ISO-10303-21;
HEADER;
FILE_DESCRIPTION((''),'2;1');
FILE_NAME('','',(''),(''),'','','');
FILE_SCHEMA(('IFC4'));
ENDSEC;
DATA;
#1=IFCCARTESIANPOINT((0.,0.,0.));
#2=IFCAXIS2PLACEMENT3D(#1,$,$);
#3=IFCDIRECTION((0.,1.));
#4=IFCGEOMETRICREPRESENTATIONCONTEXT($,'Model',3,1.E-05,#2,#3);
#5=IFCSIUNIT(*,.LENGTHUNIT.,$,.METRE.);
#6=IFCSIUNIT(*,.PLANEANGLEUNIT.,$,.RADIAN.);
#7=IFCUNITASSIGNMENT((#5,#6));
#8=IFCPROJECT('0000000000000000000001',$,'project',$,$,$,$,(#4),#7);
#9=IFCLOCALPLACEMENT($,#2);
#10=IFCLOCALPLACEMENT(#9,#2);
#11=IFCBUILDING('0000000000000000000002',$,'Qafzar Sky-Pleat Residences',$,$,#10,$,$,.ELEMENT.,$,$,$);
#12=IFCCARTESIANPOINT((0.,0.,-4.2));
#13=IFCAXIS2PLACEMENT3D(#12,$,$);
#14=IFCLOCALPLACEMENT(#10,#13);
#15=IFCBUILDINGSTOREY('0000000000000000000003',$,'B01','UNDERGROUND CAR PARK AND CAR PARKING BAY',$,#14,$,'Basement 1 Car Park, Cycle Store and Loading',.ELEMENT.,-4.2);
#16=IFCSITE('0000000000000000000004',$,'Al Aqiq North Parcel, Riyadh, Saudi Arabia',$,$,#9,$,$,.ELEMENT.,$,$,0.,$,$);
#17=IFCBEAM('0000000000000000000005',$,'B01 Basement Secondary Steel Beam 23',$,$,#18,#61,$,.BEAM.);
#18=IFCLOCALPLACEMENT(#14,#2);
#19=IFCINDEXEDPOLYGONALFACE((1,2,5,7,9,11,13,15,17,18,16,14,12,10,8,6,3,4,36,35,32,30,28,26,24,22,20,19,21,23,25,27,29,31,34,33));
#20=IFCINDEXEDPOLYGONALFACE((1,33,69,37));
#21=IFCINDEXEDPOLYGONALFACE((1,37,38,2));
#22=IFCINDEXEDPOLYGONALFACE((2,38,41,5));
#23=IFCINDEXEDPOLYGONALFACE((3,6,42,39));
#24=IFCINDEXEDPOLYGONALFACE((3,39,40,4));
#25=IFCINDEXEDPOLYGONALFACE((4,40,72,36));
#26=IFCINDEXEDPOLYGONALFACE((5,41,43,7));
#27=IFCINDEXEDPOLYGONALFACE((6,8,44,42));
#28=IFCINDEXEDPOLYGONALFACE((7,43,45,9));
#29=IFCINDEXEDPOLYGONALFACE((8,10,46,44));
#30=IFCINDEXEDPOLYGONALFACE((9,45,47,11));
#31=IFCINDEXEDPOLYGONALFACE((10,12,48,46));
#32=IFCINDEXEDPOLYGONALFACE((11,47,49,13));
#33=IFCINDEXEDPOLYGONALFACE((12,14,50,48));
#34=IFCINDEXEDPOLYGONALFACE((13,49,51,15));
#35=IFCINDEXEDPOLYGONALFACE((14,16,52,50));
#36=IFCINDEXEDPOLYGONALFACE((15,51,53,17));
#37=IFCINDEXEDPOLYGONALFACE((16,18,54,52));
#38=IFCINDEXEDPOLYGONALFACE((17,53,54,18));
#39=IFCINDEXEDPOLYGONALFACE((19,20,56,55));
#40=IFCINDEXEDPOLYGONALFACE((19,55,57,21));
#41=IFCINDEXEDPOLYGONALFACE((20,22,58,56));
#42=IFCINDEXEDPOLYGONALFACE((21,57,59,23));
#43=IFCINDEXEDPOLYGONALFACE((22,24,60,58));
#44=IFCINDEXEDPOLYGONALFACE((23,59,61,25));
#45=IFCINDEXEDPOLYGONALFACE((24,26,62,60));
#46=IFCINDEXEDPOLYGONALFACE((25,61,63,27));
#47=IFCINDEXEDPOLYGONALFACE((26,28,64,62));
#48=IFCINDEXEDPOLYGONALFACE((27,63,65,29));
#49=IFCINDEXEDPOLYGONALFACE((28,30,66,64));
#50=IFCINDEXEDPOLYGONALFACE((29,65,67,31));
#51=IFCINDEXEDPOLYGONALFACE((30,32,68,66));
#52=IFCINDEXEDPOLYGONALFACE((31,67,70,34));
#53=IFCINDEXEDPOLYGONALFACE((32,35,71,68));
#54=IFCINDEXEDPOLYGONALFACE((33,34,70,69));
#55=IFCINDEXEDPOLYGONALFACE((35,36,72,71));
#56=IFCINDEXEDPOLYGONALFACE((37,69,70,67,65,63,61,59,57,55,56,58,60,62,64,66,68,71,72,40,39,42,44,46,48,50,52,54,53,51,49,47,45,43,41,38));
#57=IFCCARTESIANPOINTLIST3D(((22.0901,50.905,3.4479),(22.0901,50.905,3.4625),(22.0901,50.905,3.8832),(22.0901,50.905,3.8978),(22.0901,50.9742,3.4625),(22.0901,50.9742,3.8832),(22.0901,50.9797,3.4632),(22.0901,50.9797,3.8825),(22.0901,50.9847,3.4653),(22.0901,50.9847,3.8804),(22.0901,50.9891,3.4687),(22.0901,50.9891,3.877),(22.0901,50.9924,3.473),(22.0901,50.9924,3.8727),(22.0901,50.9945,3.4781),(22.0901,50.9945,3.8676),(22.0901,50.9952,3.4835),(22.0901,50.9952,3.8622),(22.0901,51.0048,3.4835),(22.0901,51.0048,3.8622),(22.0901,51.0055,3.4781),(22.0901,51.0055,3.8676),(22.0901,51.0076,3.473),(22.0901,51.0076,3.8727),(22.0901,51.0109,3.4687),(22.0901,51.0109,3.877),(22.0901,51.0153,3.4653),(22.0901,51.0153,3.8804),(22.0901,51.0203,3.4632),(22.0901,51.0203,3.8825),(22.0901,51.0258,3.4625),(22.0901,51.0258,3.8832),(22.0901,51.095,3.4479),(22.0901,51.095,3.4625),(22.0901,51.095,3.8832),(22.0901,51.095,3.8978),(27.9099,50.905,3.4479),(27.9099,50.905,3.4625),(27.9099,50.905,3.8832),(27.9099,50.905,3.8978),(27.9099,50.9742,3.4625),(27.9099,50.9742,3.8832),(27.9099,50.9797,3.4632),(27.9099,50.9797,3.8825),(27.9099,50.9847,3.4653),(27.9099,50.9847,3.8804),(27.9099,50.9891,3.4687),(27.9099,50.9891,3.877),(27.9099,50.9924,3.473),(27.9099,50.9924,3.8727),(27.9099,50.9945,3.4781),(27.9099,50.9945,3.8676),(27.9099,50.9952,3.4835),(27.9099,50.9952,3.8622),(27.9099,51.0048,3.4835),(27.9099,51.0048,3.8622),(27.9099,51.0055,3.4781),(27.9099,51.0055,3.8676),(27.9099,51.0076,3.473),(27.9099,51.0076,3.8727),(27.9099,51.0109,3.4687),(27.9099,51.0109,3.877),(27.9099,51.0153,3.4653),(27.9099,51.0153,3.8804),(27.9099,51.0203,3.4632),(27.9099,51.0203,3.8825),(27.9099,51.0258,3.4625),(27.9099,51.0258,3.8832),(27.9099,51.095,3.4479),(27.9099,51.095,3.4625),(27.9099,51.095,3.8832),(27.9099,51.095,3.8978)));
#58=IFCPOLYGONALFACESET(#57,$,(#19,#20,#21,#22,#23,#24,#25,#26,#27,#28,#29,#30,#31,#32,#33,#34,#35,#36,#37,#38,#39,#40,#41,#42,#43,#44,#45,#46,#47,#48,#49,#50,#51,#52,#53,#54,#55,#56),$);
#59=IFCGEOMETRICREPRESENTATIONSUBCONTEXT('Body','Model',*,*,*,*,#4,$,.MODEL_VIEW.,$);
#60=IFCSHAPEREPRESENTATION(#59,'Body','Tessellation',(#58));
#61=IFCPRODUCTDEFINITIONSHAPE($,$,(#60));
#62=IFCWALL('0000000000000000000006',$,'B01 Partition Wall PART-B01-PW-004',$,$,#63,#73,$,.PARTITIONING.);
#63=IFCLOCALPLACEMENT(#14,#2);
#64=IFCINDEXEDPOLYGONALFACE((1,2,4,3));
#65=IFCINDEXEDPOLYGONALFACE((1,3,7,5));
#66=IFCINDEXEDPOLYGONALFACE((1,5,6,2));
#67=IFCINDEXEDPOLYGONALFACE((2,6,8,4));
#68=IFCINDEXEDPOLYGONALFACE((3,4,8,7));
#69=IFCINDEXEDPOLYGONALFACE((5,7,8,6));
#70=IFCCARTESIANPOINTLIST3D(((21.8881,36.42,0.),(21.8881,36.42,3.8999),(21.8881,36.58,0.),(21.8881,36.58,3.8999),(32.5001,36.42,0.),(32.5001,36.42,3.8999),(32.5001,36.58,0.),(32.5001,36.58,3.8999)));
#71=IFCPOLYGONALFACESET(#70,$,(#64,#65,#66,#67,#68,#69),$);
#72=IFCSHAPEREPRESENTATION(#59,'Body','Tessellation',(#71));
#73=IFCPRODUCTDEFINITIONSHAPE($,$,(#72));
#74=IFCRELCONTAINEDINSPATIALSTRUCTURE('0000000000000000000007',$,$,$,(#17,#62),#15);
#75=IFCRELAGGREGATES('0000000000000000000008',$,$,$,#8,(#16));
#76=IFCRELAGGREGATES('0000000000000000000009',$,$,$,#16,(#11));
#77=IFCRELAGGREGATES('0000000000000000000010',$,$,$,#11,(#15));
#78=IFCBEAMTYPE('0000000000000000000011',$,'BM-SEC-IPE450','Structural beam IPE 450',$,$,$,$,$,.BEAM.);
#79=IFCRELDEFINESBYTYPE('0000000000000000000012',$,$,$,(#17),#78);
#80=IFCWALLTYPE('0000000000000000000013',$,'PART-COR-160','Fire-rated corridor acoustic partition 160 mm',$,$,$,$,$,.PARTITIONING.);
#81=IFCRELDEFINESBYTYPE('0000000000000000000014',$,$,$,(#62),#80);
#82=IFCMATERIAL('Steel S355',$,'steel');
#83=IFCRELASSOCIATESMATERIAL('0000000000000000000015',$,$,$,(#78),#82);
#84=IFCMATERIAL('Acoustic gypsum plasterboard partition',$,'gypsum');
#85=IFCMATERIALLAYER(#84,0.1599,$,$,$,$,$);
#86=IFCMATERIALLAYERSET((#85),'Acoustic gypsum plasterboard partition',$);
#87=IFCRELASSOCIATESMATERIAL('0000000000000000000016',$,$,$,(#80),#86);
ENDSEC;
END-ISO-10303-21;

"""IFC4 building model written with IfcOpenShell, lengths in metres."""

from ifc_helpers import new_model, si_unit, direction, frame, frame_2d, origin, origin_2d, place, context, subcontext, project, spatial, rectangle, i_section, extrude, source, transform, mapped, material, layer, layer_set, material_profile, profile_set, type_object, element, save


model = new_model("IFC4")

# Units and contexts
model_context = context("Model", 3, precision=1e-05, world=origin(), true_north=direction((0.0, 1.0)))
body_context = subcontext(model_context, "Body", "Model", "MODEL_VIEW")
ifc_project = project(units=[si_unit("LENGTHUNIT", "METRE"), si_unit("PLANEANGLEUNIT", "RADIAN")], contexts=[model_context])

# Site, building, storey
site_placement = place(None, origin())
site = spatial("IfcSite", under=ifc_project, at=site_placement, Name="Al Aqiq North Parcel, Riyadh, Saudi Arabia", CompositionType="ELEMENT", RefElevation=0.0)
building_placement = place(site_placement, origin())
building = spatial("IfcBuilding", under=site, at=building_placement, Name="Qafzar Sky-Pleat Residences", CompositionType="ELEMENT")
storey_placement = place(building_placement, frame((0.0, 0.0, -4.2)))
storey = spatial("IfcBuildingStorey", under=building, at=storey_placement, Name="B01", Description="UNDERGROUND CAR PARK AND CAR PARKING BAY", LongName="Basement 1 Car Park, Cycle Store and Loading", CompositionType="ELEMENT", Elevation=-4.2)

# Beam
ifc_material_1 = material(Name="Steel S355", Category="steel")
ifc_material_profile_1 = material_profile(ifc_material_1, i_section(OverallWidth=0.1899, OverallDepth=0.45, WebThickness=0.0095, FlangeThickness=0.0146, FilletRadius=0.021, at=origin_2d()), Name="IPE 450")
ifc_profile_set_1 = profile_set([ifc_material_profile_1], Name="Steel S355")
beam_type_1 = type_object("IfcBeamType", Name="BM-SEC-IPE450", Description="Structural beam IPE 450", PredefinedType="BEAM", material=ifc_profile_set_1)
shared_shape_1 = source(origin(), body_context, "Body", "SweptSolid", [
    extrude(i_section(OverallWidth=0.1899, OverallDepth=0.45, WebThickness=0.0095, FlangeThickness=0.0146, FilletRadius=0.021, at=origin_2d()), origin(), (0.0, 0.0, 1.0), 5.8198),
])
beam_1_placement = place(storey_placement, frame((22.0901, 51.0, 3.6729), z_axis=(1.0, 0.0, 0.0), x_axis=(0.0, 1.0, 0.0)))
element("IfcBeam", 1, at=beam_1_placement, inside=storey, type_object=beam_type_1, Name="B01 Basement Secondary Steel Beam 23", PredefinedType="BEAM", context=body_context, shape_type="MappedRepresentation", body=[
    mapped(shared_shape_1, transform((0.0, 0.0, 0.0), x_axis=(1.0, 0.0, 0.0), y_axis=(0.0, 1.0, 0.0), z_axis=(0.0, 0.0, 1.0), scale=1.0)),
])

# Wall
ifc_material_2 = material(Name="Acoustic gypsum plasterboard partition", Category="gypsum")
ifc_layer = layer(ifc_material_2, 0.1599)
ifc_layer_set = layer_set([ifc_layer], Name="Acoustic gypsum plasterboard partition")
wall_type = type_object("IfcWallType", Name="PART-COR-160", Description="Fire-rated corridor acoustic partition 160 mm", PredefinedType="PARTITIONING", material=ifc_layer_set)
wall_placement = place(storey_placement, frame((21.8879, 36.5, 0.0), z_axis=(0.0, 0.0, 1.0), x_axis=(1.0, 0.0, 0.0)))
element("IfcWall", 2, at=wall_placement, inside=storey, type_object=wall_type, Name="B01 Partition Wall PART-B01-PW-004", PredefinedType="PARTITIONING", context=body_context, shape_type="SweptSolid", body=[
    extrude(rectangle(XDim=10.6121, YDim=0.1599, at=frame_2d((5.3062, 0.0))), origin(), (0.0, 0.0, 1.0), 3.8999),
])

save(model, "model.ifc")
